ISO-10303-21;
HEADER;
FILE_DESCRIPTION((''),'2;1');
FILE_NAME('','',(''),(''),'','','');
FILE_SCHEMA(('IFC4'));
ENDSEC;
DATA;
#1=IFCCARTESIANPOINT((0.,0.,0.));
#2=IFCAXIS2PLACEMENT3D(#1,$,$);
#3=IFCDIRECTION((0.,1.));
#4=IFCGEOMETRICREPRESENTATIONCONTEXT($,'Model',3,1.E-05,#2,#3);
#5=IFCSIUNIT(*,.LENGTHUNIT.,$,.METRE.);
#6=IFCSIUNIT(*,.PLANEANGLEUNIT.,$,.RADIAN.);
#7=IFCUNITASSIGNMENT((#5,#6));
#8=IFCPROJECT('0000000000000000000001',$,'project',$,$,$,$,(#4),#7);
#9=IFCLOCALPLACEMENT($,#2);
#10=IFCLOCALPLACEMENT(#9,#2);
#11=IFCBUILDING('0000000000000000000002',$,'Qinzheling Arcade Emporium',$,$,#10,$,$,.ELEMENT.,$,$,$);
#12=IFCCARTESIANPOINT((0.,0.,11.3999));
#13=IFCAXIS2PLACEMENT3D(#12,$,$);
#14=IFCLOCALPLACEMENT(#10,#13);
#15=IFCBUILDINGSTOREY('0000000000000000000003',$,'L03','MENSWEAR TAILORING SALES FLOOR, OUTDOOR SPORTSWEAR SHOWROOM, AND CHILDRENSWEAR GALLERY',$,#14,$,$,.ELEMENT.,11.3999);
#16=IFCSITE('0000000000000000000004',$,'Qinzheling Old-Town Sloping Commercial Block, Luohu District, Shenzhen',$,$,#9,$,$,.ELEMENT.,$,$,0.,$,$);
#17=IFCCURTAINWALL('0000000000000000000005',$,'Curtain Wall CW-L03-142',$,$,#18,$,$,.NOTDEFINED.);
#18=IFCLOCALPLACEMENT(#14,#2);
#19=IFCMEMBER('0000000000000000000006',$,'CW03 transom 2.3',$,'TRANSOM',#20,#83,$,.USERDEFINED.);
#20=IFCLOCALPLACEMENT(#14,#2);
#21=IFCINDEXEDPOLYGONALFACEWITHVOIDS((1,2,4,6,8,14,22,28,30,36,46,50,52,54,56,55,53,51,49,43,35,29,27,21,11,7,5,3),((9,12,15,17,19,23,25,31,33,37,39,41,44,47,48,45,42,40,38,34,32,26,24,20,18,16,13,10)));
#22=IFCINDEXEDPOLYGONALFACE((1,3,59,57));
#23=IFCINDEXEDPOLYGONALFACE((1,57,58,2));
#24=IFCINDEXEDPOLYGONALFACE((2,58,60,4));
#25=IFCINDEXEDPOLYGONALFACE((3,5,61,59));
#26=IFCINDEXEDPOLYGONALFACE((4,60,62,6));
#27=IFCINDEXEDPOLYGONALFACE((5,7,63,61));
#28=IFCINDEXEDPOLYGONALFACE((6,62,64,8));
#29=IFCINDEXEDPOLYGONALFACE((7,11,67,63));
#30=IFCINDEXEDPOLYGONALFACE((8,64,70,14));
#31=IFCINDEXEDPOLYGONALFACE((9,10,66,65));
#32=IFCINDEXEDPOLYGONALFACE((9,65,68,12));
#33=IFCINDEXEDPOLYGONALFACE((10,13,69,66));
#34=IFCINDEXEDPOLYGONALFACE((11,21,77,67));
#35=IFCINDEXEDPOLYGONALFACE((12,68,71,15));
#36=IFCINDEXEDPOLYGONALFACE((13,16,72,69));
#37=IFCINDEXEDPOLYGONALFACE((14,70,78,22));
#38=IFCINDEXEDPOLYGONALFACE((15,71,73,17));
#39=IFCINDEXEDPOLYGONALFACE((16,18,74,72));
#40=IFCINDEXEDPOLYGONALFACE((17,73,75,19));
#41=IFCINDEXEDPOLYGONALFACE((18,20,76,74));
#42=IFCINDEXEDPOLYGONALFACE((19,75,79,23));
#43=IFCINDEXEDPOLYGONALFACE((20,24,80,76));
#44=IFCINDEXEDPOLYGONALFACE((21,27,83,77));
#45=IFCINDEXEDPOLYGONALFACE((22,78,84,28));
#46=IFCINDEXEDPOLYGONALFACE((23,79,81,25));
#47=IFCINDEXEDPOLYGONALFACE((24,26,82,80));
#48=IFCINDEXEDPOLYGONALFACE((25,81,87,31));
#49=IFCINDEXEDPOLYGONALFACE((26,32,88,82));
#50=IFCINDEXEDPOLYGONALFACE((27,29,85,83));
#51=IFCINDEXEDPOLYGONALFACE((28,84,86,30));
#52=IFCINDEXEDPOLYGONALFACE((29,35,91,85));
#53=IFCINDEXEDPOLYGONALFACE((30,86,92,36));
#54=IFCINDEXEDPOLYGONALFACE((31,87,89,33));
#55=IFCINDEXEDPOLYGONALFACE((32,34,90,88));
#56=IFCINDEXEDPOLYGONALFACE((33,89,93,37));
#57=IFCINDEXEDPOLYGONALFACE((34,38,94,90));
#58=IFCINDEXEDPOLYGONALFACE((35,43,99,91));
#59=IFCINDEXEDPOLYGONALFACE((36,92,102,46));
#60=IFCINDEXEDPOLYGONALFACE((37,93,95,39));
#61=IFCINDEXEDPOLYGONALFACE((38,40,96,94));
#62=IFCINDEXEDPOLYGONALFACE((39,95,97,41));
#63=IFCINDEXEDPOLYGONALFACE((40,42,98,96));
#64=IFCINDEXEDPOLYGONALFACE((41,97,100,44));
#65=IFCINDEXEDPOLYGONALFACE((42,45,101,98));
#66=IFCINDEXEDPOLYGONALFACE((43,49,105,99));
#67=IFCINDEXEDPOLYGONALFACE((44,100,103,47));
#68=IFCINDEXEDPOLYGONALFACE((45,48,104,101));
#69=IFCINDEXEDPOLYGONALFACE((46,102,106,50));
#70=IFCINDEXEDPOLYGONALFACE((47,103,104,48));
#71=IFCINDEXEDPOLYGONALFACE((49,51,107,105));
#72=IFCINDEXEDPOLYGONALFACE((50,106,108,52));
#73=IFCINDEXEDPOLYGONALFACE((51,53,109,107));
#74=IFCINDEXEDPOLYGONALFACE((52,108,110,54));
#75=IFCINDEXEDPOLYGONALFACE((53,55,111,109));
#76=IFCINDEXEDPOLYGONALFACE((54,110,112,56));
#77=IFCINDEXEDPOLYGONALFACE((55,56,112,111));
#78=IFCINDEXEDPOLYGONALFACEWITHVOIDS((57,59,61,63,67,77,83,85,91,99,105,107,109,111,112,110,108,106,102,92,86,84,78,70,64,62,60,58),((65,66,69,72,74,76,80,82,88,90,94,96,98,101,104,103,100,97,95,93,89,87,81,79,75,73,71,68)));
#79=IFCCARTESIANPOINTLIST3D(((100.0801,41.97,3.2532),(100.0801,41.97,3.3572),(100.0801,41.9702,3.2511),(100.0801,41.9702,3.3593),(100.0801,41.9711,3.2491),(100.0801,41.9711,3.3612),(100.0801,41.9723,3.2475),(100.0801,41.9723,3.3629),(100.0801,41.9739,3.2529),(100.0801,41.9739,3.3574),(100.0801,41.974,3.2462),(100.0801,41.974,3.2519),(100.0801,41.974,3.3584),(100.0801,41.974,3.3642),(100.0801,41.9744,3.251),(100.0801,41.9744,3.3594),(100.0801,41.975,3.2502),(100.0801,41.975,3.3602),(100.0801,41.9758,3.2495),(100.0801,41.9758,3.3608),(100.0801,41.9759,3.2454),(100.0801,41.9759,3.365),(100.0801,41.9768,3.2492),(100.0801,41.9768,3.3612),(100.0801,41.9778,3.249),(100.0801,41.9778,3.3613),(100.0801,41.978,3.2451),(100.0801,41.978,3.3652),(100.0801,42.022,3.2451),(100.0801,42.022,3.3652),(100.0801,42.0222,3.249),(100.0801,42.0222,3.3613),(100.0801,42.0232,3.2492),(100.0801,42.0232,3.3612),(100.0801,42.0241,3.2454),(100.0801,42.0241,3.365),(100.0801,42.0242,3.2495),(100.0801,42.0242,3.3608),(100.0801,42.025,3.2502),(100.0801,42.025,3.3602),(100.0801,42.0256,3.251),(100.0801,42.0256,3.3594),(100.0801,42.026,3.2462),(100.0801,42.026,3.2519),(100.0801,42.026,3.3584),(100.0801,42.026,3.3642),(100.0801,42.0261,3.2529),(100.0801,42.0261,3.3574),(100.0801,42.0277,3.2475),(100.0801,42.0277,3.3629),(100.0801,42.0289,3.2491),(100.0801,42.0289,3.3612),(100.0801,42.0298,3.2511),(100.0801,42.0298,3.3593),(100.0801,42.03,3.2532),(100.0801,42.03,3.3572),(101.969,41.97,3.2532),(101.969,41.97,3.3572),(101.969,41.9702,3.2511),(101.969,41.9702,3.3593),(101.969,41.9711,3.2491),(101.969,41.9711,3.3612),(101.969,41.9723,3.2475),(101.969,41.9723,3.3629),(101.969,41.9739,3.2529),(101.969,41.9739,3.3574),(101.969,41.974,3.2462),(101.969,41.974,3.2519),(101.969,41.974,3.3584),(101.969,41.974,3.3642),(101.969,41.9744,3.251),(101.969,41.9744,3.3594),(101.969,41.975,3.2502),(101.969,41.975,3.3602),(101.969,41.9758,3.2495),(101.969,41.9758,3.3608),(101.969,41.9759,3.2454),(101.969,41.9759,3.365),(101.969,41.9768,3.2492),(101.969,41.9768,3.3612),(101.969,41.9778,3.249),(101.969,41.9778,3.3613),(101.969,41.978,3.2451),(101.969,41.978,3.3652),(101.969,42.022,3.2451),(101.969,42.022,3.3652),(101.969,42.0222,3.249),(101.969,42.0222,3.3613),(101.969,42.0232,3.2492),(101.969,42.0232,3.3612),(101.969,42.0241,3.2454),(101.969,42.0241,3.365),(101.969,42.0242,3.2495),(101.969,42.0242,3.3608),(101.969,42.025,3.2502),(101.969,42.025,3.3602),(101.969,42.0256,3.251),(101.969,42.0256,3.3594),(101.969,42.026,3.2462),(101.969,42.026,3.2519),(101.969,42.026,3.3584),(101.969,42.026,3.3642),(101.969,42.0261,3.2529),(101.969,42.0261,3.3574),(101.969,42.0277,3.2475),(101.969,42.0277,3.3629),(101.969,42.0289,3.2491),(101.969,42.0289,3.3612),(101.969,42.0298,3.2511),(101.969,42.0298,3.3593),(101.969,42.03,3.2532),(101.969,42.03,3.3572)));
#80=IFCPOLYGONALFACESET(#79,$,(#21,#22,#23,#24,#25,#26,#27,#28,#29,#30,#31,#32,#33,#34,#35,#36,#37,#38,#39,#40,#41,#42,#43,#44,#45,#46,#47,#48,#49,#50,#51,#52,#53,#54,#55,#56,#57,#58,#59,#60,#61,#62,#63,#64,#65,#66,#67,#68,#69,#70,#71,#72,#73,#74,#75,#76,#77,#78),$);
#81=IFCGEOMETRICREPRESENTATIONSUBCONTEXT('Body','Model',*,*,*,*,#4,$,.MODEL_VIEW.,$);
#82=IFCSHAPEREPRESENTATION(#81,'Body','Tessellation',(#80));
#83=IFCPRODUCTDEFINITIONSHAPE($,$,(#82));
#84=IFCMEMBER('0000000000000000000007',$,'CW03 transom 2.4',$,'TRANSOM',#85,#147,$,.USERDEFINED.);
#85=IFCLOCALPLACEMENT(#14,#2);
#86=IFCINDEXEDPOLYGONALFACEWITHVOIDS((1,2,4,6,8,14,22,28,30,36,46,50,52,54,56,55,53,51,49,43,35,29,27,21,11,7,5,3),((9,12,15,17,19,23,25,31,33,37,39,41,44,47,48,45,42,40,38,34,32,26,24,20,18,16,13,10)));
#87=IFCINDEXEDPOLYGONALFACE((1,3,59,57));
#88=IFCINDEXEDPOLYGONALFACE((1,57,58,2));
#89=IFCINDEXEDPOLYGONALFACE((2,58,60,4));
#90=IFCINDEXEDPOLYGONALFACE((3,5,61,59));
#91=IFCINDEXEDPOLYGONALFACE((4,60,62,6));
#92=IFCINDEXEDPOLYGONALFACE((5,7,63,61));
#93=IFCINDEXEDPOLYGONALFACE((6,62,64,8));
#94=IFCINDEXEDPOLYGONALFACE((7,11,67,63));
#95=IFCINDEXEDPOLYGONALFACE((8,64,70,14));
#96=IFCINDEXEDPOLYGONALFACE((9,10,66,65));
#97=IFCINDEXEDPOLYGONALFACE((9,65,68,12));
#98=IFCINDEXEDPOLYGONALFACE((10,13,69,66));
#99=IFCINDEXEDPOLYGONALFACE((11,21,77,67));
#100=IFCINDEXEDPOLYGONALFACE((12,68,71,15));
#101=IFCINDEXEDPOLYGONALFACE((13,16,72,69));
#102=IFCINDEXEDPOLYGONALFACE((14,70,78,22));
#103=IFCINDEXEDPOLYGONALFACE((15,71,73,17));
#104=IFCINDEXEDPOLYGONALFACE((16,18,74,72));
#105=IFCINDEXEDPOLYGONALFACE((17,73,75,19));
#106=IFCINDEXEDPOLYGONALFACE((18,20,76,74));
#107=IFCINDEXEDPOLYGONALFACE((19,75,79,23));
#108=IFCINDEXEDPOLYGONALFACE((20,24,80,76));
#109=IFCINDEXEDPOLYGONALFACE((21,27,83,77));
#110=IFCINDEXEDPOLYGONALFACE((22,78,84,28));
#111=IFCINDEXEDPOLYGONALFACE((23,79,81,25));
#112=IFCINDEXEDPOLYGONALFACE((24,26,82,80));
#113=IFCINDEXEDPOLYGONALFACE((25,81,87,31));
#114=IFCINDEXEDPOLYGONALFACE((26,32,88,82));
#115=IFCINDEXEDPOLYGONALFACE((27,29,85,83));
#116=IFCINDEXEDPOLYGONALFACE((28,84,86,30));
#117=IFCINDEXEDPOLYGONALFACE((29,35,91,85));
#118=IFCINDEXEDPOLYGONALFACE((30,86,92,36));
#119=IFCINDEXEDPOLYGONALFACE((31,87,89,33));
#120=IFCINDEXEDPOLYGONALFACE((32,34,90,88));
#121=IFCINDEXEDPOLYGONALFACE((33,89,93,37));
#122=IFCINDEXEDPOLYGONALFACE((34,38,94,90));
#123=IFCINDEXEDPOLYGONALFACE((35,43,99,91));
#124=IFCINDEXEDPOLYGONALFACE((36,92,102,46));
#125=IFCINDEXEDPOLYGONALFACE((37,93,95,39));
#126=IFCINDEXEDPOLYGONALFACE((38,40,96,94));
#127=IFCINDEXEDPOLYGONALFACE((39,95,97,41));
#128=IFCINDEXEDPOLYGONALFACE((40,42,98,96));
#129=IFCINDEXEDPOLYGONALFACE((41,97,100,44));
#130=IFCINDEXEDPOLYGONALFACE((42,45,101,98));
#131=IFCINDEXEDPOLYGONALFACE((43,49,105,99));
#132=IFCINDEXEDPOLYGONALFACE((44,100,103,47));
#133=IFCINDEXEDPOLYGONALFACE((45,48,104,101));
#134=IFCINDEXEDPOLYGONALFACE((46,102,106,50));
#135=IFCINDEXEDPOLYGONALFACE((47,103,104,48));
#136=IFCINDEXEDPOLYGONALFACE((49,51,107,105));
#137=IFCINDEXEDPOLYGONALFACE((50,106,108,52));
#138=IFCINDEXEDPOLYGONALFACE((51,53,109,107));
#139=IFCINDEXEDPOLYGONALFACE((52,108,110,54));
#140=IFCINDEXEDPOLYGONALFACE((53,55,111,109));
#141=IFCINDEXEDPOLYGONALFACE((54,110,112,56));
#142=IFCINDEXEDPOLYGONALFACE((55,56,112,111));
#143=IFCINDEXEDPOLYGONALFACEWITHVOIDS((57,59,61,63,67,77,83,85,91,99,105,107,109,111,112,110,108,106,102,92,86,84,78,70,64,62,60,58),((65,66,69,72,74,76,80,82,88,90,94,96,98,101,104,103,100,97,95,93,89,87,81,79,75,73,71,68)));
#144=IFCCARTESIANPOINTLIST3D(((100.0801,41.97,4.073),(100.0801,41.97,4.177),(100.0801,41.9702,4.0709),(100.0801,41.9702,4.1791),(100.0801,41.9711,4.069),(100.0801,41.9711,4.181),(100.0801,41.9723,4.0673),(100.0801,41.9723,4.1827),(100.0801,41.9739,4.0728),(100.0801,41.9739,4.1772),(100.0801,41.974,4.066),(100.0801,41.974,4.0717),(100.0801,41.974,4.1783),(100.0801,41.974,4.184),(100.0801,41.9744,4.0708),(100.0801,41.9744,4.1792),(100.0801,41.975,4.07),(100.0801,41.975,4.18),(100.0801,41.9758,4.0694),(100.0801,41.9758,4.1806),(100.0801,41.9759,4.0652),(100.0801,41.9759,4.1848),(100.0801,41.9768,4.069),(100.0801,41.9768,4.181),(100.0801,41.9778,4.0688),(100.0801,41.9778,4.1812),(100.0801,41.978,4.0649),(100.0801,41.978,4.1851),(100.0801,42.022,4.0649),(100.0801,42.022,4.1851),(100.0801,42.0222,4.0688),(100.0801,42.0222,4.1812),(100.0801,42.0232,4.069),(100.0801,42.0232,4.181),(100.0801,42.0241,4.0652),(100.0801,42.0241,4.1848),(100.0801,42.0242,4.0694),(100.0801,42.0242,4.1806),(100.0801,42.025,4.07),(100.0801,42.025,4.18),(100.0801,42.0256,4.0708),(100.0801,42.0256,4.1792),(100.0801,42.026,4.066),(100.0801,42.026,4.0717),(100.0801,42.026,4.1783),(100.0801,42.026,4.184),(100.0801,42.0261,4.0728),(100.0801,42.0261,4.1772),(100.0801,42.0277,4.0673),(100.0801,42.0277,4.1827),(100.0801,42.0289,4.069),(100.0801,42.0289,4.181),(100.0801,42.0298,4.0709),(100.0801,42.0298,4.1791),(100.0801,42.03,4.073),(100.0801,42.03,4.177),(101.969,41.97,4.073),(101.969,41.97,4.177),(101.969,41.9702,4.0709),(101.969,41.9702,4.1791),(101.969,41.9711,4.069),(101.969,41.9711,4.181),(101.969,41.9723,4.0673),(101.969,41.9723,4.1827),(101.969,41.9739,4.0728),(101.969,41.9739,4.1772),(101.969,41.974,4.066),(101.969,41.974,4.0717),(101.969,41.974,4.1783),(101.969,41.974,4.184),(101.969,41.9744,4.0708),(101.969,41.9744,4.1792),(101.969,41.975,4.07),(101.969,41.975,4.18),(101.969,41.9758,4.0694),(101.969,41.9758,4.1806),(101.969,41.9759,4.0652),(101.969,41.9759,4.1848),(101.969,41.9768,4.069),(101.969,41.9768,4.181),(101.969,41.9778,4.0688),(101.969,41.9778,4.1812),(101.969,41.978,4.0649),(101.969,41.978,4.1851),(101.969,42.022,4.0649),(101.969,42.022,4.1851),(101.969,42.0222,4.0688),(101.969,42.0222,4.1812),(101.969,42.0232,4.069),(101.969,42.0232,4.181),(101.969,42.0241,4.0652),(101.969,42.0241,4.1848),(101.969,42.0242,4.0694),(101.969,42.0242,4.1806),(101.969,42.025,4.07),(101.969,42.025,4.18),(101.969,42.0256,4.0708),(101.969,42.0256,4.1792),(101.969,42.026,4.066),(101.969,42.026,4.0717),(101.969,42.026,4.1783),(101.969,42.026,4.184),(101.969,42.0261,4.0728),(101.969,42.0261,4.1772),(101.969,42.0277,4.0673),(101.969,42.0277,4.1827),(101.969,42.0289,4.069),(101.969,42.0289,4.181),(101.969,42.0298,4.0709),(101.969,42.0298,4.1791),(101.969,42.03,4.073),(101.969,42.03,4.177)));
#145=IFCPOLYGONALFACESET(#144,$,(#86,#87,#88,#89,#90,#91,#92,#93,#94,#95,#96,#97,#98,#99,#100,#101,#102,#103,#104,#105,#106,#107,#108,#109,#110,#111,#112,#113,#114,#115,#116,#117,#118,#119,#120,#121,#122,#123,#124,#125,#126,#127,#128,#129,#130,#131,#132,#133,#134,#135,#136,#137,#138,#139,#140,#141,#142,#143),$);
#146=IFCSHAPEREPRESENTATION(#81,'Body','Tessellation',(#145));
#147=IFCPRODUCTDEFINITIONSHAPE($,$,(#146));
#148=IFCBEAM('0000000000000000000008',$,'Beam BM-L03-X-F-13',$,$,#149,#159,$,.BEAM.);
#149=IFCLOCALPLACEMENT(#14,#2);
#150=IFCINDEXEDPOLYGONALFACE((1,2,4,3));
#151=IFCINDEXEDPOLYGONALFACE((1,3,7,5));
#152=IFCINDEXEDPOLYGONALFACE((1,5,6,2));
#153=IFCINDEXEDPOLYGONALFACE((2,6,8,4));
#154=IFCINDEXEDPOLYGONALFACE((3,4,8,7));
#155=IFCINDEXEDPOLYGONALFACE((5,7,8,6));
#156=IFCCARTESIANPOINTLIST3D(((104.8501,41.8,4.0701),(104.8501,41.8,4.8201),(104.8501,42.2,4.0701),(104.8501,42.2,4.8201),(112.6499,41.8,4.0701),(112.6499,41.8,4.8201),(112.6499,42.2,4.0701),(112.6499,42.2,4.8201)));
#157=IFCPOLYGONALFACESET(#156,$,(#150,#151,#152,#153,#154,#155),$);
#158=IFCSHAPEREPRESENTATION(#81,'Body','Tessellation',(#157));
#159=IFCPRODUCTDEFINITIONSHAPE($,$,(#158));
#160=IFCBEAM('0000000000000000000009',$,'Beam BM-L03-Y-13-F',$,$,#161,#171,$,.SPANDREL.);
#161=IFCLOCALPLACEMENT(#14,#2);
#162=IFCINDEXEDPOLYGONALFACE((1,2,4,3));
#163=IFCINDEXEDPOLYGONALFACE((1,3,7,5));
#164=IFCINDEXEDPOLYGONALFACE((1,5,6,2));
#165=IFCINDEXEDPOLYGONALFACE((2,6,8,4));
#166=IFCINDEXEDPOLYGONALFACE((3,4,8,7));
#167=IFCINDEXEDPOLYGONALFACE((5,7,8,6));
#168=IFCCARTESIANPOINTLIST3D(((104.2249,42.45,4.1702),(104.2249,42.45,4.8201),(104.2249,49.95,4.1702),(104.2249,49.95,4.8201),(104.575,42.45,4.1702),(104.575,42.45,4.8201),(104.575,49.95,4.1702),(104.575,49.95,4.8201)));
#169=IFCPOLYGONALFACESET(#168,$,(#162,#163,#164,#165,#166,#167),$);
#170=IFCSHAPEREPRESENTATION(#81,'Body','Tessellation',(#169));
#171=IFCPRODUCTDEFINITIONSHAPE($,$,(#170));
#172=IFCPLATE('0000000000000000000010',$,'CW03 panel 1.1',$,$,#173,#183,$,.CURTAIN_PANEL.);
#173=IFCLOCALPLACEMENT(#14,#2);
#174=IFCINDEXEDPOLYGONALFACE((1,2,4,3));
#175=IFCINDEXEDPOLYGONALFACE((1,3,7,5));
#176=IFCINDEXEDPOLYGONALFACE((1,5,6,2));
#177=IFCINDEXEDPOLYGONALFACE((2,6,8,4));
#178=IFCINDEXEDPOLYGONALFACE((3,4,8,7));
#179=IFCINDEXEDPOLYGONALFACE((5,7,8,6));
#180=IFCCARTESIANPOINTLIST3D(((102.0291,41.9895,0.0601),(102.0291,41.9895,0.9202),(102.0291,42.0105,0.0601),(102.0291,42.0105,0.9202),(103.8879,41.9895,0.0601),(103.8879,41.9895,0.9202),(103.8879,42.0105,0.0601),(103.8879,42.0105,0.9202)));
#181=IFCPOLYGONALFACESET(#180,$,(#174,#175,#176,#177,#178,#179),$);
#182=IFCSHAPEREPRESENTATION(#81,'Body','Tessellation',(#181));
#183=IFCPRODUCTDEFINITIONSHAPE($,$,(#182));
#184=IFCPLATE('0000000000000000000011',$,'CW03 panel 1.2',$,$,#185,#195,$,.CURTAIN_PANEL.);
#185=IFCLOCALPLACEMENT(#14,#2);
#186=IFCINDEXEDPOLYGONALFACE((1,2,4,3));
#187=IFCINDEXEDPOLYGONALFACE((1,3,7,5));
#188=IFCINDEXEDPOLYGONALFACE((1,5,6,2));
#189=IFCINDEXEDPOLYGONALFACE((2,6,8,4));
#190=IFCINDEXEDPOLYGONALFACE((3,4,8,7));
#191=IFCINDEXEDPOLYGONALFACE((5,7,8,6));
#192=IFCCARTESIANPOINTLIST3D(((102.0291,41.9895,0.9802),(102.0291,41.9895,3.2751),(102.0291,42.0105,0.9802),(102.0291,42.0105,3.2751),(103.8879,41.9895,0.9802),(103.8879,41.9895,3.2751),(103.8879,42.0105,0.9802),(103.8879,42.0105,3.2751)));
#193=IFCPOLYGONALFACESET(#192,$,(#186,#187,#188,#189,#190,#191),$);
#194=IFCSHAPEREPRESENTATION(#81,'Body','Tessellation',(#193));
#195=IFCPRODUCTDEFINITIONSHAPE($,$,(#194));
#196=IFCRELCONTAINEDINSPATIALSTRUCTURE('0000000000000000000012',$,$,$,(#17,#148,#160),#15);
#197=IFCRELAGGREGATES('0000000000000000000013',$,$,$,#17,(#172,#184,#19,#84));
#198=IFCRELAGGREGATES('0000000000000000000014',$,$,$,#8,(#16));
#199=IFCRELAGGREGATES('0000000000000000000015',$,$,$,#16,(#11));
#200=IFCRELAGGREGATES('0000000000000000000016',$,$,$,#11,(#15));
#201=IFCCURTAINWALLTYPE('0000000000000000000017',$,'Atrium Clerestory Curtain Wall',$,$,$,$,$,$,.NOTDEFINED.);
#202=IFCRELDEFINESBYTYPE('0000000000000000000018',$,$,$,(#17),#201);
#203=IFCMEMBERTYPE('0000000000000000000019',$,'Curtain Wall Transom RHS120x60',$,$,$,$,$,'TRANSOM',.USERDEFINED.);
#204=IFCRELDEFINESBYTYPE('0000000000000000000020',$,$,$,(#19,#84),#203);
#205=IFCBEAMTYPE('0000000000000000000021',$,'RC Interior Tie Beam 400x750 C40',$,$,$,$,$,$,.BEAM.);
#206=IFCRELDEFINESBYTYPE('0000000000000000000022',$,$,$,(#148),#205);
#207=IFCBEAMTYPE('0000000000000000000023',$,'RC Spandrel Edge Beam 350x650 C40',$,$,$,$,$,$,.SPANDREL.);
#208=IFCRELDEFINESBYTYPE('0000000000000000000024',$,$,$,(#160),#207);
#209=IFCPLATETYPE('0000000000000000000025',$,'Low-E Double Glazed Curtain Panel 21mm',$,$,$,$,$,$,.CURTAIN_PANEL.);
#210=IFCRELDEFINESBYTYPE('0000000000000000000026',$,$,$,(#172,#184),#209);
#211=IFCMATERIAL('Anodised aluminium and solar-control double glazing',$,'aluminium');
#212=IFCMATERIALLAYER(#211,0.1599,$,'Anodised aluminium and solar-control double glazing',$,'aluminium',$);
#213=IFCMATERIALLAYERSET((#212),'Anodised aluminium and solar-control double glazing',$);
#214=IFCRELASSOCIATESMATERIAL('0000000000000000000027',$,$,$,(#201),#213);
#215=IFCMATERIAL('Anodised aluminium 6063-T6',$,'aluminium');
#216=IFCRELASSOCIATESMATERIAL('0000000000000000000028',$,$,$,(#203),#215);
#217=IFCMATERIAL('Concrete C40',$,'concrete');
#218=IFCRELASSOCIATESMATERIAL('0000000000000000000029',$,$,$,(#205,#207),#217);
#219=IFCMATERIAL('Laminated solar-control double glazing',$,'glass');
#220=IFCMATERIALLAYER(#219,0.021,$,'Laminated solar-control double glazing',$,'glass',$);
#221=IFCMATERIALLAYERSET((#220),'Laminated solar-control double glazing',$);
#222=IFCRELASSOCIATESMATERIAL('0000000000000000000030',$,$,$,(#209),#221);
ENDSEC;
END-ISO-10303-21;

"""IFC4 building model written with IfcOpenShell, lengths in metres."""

from ifc_helpers import new_model, si_unit, direction, frame, origin, origin_2d, place, context, subcontext, project, spatial, rectangle, hollow_rectangle, extrude, material, layer, layer_set, material_profile, profile_set, type_object, element, aggregate, save


model = new_model("IFC4")

# Units and contexts
model_context = context("Model", 3, precision=1e-05, world=origin(), true_north=direction((0.0, 1.0)))
body_context = subcontext(model_context, "Body", "Model", "MODEL_VIEW")
ifc_project = project(units=[si_unit("LENGTHUNIT", "METRE"), si_unit("PLANEANGLEUNIT", "RADIAN")], contexts=[model_context])

# Site, building, storey
site_placement = place(None, origin())
site = spatial("IfcSite", under=ifc_project, at=site_placement, Name="Qinzheling Old-Town Sloping Commercial Block, Luohu District, Shenzhen", CompositionType="ELEMENT", RefElevation=0.0)
building_placement = place(site_placement, origin())
building = spatial("IfcBuilding", under=site, at=building_placement, Name="Qinzheling Arcade Emporium", CompositionType="ELEMENT")
storey_placement = place(building_placement, frame((0.0, 0.0, 11.3999)))
storey = spatial("IfcBuildingStorey", under=building, at=storey_placement, Name="L03", Description="MENSWEAR TAILORING SALES FLOOR, OUTDOOR SPORTSWEAR SHOWROOM, AND CHILDRENSWEAR GALLERY", CompositionType="ELEMENT", Elevation=11.3999)

# Curtain wall, members
ifc_material_1 = material(Name="Anodised aluminium and solar-control double glazing", Category="aluminium")
ifc_layer_1 = layer(ifc_material_1, 0.1599, Name="Anodised aluminium and solar-control double glazing", Category="aluminium")
ifc_layer_set_1 = layer_set([ifc_layer_1], Name="Anodised aluminium and solar-control double glazing")
curtain_wall_type = type_object("IfcCurtainWallType", Name="Atrium Clerestory Curtain Wall", PredefinedType="NOTDEFINED", material=ifc_layer_set_1)
curtain_wall_placement = place(storey_placement, origin())
curtain_wall = element("IfcCurtainWall", 1, at=curtain_wall_placement, inside=storey, type_object=curtain_wall_type, Name="Curtain Wall CW-L03-142", PredefinedType="NOTDEFINED")
ifc_material_2 = material(Name="Anodised aluminium 6063-T6", Category="aluminium")
ifc_material_profile_1 = material_profile(ifc_material_2, hollow_rectangle(XDim=0.0601, YDim=0.1201, WallThickness=0.0039, InnerFilletRadius=0.0039, OuterFilletRadius=0.0081, at=origin_2d()), Name="RHS 120x60x4", Category="aluminium")
ifc_profile_set_1 = profile_set([ifc_material_profile_1], Name="Anodised aluminium 6063-T6")
member_type_1 = type_object("IfcMemberType", Name="Curtain Wall Transom RHS120x60", ElementType="TRANSOM", PredefinedType="USERDEFINED", material=ifc_profile_set_1)
member_1_placement = place(storey_placement, frame((101.969, 42.0, 3.3052), z_axis=(-1.0, 0.0, 0.0), x_axis=(0.0, -1.0, 0.0)))
member_1 = element("IfcMember", 2, at=member_1_placement, type_object=member_type_1, Name="CW03 transom 2.3", ObjectType="TRANSOM", PredefinedType="USERDEFINED", context=body_context, shape_type="SweptSolid", body=[
    extrude(hollow_rectangle(XDim=0.0601, YDim=0.1201, WallThickness=0.0039, InnerFilletRadius=0.0039, OuterFilletRadius=0.0081, at=origin_2d()), origin(), (0.0, 0.0, 1.0), 1.8889),
])
member_2_placement = place(storey_placement, frame((101.969, 42.0, 4.125), z_axis=(-1.0, 0.0, 0.0), x_axis=(0.0, -1.0, 0.0)))
member_2 = element("IfcMember", 3, at=member_2_placement, type_object=member_type_1, Name="CW03 transom 2.4", ObjectType="TRANSOM", PredefinedType="USERDEFINED", context=body_context, shape_type="SweptSolid", body=[
    extrude(hollow_rectangle(XDim=0.0601, YDim=0.1201, WallThickness=0.0039, InnerFilletRadius=0.0039, OuterFilletRadius=0.0081, at=origin_2d()), origin(), (0.0, 0.0, 1.0), 1.8889),
])

# Beams
ifc_material_3 = material(Name="Concrete C40", Category="concrete")
ifc_material_profile_2 = material_profile(ifc_material_3, rectangle(XDim=0.3999, YDim=0.75, at=origin_2d()), Name="RC 400x750", Category="concrete")
ifc_profile_set_2 = profile_set([ifc_material_profile_2], Name="Concrete C40")
beam_type_1 = type_object("IfcBeamType", Name="RC Interior Tie Beam 400x750 C40", PredefinedType="BEAM", material=ifc_profile_set_2)
beam_1_placement = place(storey_placement, frame((104.8501, 42.0, 4.4451), z_axis=(1.0, 0.0, 0.0), x_axis=(0.0, 1.0, 0.0)))
element("IfcBeam", 4, at=beam_1_placement, inside=storey, type_object=beam_type_1, Name="Beam BM-L03-X-F-13", PredefinedType="BEAM", context=body_context, shape_type="SweptSolid", body=[
    extrude(rectangle(XDim=0.3999, YDim=0.75, at=origin_2d()), origin(), (0.0, 0.0, 1.0), 7.7998),
])
ifc_material_profile_3 = material_profile(ifc_material_3, rectangle(XDim=0.3501, YDim=0.6499, at=origin_2d()), Name="RC 350x650", Category="concrete")
ifc_profile_set_3 = profile_set([ifc_material_profile_3], Name="Concrete C40")
beam_type_2 = type_object("IfcBeamType", Name="RC Spandrel Edge Beam 350x650 C40", PredefinedType="SPANDREL", material=ifc_profile_set_3)
beam_2_placement = place(storey_placement, frame((104.3999, 42.45, 4.4951), z_axis=(0.0, 1.0, 0.0), x_axis=(-1.0, 0.0, 0.0)))
element("IfcBeam", 5, at=beam_2_placement, inside=storey, type_object=beam_type_2, Name="Beam BM-L03-Y-13-F", PredefinedType="SPANDREL", context=body_context, shape_type="SweptSolid", body=[
    extrude(rectangle(XDim=0.3501, YDim=0.6499, at=origin_2d()), origin(), (0.0, 0.0, 1.0), 7.5),
])

# Plates
ifc_material_4 = material(Name="Laminated solar-control double glazing", Category="glass")
ifc_layer_2 = layer(ifc_material_4, 0.021, Name="Laminated solar-control double glazing", Category="glass")
ifc_layer_set_2 = layer_set([ifc_layer_2], Name="Laminated solar-control double glazing")
plate_type = type_object("IfcPlateType", Name="Low-E Double Glazed Curtain Panel 21mm", PredefinedType="CURTAIN_PANEL", material=ifc_layer_set_2)
plate_1_placement = place(storey_placement, frame((102.9585, 42.0, 0.0601), z_axis=(0.0, 0.0, 1.0), x_axis=(-1.0, 0.0, 0.0)))
plate_1 = element("IfcPlate", 6, at=plate_1_placement, type_object=plate_type, Name="CW03 panel 1.1", PredefinedType="CURTAIN_PANEL", context=body_context, shape_type="SweptSolid", body=[
    extrude(rectangle(XDim=1.8589, YDim=0.021, at=origin_2d()), origin(), (0.0, 0.0, 1.0), 0.8601),
])
plate_2_placement = place(storey_placement, frame((102.9585, 42.0, 0.9802), z_axis=(0.0, 0.0, 1.0), x_axis=(-1.0, 0.0, 0.0)))
plate_2 = element("IfcPlate", 7, at=plate_2_placement, type_object=plate_type, Name="CW03 panel 1.2", PredefinedType="CURTAIN_PANEL", context=body_context, shape_type="SweptSolid", body=[
    extrude(rectangle(XDim=1.8589, YDim=0.021, at=origin_2d()), origin(), (0.0, 0.0, 1.0), 2.2949),
])
aggregate(curtain_wall, [plate_1, plate_2, member_1, member_2])

save(model, "model.ifc")
